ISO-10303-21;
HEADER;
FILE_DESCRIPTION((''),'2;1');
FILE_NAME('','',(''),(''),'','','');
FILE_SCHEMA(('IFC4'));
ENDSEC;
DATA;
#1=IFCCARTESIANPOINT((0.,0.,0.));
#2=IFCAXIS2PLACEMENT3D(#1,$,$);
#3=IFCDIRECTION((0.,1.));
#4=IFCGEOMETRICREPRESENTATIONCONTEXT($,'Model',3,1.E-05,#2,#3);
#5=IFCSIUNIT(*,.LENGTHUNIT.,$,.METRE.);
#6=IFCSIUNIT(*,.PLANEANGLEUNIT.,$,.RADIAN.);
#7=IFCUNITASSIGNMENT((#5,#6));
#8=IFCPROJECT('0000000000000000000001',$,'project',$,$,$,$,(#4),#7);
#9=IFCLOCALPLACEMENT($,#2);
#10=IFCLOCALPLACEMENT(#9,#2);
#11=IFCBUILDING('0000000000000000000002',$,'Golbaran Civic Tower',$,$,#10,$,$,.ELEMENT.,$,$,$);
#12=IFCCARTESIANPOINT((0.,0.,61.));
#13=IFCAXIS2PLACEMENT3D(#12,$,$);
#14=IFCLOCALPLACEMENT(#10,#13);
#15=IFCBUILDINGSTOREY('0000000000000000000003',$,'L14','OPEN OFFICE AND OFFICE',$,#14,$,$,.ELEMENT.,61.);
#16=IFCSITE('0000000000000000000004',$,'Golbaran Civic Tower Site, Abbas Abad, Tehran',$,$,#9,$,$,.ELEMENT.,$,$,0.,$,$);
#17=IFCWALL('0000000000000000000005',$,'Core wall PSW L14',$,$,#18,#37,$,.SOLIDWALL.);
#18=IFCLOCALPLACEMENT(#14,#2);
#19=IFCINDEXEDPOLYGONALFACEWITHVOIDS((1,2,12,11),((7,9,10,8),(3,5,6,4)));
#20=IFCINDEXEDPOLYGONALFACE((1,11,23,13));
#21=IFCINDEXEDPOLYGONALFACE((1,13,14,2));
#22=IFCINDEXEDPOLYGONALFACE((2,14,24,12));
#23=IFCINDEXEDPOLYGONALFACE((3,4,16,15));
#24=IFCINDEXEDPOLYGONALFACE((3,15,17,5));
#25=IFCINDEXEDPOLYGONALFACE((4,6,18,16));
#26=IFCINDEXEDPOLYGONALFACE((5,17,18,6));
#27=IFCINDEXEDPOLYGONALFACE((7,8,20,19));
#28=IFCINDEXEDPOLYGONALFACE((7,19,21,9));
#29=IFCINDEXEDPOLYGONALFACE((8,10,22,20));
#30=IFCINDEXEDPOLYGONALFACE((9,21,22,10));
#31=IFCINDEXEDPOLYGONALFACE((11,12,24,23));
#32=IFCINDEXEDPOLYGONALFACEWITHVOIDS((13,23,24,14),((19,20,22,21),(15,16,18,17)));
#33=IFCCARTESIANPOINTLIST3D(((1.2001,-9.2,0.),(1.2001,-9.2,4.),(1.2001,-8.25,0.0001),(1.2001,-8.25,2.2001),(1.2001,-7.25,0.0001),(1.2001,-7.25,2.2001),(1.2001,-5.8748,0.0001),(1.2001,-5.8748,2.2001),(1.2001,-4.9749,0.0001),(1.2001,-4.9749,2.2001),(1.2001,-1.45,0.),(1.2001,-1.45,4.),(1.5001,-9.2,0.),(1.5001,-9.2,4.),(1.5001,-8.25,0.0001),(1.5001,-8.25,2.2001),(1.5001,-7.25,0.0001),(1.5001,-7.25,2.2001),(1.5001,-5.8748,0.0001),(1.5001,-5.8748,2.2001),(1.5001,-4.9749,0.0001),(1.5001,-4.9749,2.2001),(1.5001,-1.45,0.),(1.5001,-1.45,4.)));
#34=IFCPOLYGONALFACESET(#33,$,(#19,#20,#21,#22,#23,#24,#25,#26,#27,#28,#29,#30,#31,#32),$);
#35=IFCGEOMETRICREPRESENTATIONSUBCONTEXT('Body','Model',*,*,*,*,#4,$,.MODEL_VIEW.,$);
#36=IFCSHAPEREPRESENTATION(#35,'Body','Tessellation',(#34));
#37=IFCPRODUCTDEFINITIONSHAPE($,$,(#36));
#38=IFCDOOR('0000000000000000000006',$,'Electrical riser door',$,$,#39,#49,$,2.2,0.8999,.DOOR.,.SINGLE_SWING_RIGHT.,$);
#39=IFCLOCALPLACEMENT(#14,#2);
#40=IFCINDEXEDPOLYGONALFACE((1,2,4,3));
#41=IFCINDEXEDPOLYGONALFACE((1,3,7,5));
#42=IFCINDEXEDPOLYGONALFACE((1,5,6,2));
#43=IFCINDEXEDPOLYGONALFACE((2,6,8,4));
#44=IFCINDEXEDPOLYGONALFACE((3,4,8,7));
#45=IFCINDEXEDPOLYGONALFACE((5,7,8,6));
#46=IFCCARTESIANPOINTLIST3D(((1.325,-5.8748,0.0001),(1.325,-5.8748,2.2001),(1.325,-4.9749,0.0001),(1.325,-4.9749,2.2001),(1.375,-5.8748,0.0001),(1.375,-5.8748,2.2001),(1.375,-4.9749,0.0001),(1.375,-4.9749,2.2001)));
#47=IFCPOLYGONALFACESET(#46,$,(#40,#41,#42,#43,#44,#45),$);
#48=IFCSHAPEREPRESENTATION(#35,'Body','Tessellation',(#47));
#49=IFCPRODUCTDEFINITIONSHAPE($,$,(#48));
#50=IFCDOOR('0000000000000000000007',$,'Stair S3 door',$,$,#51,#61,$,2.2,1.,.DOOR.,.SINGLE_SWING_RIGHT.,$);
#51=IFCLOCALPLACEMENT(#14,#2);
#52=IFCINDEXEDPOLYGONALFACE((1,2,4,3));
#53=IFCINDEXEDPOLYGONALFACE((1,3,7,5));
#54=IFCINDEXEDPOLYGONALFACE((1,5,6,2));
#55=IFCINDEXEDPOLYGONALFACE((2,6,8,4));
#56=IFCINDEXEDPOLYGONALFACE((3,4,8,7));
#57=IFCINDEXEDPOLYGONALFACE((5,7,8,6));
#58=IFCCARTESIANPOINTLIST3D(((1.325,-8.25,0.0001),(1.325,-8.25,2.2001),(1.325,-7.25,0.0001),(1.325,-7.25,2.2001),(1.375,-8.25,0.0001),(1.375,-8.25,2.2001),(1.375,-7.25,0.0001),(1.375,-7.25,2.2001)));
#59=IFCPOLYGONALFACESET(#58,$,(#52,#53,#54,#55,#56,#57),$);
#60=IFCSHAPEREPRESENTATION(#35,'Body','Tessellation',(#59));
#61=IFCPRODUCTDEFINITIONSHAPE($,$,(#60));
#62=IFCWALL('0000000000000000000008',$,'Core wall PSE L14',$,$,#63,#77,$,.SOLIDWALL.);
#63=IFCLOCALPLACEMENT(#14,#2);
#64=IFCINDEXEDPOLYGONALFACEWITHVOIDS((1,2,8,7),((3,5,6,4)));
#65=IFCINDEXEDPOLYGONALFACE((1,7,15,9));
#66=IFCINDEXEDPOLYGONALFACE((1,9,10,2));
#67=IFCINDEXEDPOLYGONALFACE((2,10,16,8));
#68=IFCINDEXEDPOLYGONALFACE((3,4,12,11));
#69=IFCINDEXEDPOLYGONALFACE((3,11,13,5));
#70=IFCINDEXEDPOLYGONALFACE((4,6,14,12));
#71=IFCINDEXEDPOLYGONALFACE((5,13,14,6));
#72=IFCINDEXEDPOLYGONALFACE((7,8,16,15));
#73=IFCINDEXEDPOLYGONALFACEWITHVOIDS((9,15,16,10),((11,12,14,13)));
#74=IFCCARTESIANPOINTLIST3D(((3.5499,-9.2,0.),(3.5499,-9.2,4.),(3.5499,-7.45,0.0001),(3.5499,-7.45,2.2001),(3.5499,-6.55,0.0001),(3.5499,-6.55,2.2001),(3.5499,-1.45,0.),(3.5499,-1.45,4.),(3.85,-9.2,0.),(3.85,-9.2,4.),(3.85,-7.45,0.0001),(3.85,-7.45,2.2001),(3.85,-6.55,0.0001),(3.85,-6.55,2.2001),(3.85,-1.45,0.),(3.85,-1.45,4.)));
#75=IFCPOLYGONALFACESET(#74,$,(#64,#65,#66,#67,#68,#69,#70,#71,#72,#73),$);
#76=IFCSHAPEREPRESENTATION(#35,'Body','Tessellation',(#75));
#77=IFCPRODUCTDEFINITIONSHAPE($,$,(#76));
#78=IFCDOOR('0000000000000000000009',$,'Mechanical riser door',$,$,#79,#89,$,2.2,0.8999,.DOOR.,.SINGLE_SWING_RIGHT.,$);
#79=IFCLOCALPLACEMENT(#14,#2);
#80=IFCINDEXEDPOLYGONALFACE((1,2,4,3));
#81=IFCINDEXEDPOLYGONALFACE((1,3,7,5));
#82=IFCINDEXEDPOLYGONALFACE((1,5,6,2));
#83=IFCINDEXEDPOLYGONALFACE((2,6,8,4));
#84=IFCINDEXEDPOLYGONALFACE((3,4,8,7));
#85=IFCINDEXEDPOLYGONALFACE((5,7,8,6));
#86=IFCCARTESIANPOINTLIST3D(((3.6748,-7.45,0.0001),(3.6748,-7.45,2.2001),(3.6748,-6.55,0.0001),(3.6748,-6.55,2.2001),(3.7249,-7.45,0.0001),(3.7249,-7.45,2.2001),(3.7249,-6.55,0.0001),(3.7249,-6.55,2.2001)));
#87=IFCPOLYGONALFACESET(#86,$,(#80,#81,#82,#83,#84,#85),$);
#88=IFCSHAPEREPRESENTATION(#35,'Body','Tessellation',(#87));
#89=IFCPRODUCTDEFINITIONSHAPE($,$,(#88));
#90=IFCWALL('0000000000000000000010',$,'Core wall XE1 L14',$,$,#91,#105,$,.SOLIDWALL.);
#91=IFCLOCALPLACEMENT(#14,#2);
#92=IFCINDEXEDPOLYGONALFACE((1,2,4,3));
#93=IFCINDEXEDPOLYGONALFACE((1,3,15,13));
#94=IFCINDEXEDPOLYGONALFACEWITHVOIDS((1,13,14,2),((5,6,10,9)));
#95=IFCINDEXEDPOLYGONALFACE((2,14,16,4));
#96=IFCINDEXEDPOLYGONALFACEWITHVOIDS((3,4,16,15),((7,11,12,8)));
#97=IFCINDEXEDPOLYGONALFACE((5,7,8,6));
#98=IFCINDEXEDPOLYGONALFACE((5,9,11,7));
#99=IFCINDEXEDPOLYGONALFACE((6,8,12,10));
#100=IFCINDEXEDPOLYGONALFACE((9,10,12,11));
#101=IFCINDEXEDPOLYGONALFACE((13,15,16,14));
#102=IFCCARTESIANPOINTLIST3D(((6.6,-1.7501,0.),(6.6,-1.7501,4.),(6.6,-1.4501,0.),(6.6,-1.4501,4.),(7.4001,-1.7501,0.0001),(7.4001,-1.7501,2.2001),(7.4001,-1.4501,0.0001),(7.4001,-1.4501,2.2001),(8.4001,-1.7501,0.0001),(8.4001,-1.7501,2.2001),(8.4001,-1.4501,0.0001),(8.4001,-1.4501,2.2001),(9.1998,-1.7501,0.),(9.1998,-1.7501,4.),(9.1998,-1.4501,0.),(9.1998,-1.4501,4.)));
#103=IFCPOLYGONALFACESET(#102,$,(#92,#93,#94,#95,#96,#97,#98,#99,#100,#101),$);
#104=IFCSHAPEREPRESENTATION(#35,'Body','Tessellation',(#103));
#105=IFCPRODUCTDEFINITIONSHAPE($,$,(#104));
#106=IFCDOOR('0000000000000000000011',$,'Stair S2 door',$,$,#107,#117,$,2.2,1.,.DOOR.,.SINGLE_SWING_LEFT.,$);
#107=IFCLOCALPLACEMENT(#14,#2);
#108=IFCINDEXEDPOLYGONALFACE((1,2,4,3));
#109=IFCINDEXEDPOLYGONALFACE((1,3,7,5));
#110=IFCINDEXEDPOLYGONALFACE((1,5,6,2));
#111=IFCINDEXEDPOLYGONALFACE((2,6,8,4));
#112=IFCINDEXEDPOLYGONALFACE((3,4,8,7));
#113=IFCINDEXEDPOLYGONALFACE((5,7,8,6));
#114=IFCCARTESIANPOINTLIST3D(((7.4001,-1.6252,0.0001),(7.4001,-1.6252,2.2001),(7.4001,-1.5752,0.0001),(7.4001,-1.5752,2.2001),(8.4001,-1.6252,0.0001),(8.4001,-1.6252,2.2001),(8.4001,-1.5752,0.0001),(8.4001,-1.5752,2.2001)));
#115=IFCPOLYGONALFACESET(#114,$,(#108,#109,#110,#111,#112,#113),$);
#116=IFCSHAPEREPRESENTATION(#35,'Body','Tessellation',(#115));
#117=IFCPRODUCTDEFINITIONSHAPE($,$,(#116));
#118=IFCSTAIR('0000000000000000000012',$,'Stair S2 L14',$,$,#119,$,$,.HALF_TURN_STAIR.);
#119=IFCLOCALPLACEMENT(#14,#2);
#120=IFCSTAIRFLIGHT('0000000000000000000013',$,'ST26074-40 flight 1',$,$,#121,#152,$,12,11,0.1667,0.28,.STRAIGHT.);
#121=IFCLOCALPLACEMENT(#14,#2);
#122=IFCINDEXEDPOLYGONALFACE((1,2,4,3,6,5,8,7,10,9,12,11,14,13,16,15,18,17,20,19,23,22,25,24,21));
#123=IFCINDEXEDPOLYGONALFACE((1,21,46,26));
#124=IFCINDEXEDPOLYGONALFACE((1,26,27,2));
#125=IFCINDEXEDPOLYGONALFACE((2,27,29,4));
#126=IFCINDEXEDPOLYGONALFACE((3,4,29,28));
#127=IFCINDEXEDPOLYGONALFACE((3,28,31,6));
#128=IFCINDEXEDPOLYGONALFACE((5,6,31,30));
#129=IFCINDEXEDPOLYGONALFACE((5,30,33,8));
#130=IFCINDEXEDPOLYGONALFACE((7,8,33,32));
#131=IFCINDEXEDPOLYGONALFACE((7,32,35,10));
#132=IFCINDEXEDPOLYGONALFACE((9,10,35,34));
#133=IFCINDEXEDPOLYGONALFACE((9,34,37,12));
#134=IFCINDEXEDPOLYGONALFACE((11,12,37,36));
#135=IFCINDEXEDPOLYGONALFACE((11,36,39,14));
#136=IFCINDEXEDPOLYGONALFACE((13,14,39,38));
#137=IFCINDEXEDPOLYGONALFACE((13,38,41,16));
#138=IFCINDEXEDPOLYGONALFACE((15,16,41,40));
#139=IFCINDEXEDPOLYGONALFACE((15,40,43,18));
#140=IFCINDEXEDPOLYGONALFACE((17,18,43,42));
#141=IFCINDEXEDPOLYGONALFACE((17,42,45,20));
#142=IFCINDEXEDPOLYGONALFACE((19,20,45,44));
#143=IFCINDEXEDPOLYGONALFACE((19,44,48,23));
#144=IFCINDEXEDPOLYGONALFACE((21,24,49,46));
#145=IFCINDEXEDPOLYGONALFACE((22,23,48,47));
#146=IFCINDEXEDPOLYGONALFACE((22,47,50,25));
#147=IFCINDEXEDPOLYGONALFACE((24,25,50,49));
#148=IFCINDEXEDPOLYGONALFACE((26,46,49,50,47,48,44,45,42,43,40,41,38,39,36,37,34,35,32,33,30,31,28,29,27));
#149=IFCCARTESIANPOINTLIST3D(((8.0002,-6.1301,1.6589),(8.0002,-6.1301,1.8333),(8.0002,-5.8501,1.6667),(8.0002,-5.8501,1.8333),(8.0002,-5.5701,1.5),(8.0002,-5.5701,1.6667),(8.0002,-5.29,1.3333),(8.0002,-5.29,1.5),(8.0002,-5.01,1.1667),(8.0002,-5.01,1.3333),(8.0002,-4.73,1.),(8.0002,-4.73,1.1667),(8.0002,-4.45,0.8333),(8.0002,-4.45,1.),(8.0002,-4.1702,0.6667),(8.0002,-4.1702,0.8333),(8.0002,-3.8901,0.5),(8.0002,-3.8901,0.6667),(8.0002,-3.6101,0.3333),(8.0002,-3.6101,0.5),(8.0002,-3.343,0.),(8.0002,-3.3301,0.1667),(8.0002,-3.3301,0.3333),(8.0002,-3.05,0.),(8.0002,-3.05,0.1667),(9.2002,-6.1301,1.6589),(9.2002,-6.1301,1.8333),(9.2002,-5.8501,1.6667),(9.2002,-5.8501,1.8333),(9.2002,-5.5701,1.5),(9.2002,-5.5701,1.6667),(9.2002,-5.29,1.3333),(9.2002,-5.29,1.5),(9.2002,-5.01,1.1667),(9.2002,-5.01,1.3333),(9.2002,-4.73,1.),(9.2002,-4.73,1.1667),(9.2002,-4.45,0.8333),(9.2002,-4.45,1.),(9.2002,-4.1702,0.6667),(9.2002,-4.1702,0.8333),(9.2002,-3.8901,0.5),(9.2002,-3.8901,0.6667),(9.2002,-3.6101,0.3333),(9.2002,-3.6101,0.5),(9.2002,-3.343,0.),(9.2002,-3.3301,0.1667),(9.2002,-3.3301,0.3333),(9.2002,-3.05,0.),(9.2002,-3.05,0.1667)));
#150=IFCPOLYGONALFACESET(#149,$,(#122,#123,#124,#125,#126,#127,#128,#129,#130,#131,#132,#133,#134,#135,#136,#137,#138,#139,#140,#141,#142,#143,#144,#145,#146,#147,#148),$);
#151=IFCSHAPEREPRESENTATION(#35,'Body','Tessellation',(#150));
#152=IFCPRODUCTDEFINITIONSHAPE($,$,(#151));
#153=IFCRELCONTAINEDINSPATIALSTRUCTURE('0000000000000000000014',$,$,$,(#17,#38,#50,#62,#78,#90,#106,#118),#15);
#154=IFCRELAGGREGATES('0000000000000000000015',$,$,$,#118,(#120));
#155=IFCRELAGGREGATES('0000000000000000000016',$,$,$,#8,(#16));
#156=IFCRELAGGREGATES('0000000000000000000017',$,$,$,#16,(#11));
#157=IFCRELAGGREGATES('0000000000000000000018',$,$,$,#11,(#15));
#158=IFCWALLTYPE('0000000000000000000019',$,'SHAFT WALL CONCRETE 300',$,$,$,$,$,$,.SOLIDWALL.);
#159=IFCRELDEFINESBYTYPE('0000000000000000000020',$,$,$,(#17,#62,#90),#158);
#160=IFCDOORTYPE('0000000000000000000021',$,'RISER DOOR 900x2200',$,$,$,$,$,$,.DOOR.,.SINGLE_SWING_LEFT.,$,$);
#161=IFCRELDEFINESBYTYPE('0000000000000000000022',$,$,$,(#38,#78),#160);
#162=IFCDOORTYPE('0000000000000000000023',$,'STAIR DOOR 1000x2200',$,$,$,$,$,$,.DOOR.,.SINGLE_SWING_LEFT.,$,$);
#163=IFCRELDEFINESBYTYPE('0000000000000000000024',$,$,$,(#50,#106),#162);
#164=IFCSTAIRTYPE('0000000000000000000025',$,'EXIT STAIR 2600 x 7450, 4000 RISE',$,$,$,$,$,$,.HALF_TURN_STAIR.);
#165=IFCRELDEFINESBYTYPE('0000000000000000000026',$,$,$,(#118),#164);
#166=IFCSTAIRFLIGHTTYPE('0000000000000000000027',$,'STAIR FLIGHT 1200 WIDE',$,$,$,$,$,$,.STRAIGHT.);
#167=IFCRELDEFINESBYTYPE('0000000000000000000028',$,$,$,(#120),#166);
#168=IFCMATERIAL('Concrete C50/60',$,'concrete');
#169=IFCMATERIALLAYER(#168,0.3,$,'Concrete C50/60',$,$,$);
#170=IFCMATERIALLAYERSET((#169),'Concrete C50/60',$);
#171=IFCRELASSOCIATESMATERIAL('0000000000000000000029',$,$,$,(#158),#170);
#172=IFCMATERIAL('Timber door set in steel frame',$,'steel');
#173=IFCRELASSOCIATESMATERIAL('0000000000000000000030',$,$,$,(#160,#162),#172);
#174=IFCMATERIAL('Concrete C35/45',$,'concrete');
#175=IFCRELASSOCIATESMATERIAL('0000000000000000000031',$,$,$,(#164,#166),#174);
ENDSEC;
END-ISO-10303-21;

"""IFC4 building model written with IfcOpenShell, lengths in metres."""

from ifc_helpers import new_model, si_unit, direction, frame, frame_2d, origin, place, context, subcontext, project, spatial, polyline, rectangle, outline, extrude, material, layer, layer_set, type_object, element, fill, aggregate, save


model = new_model("IFC4")

# Units and contexts
model_context = context("Model", 3, precision=1e-05, world=origin(), true_north=direction((0.0, 1.0)))
body_context = subcontext(model_context, "Body", "Model", "MODEL_VIEW")
ifc_project = project(units=[si_unit("LENGTHUNIT", "METRE"), si_unit("PLANEANGLEUNIT", "RADIAN")], contexts=[model_context])

# Site, building, storey
site_placement = place(None, origin())
site = spatial("IfcSite", under=ifc_project, at=site_placement, Name="Golbaran Civic Tower Site, Abbas Abad, Tehran", CompositionType="ELEMENT", RefElevation=0.0)
building_placement = place(site_placement, origin())
building = spatial("IfcBuilding", under=site, at=building_placement, Name="Golbaran Civic Tower", CompositionType="ELEMENT")
storey_placement = place(building_placement, frame((0.0, 0.0, 61.0)))
storey = spatial("IfcBuildingStorey", under=building, at=storey_placement, Name="L14", Description="OPEN OFFICE AND OFFICE", CompositionType="ELEMENT", Elevation=61.0)

# Shared definitions
ifc_material_1 = material(Name="Concrete C35/45", Category="concrete")

# Shared definitions
ifc_material_2 = material(Name="Concrete C50/60", Category="concrete")
ifc_material_3 = material(Name="Timber door set in steel frame", Category="steel")

# Shared definitions
ifc_layer_1 = layer(ifc_material_2, 0.3, Name="Concrete C50/60")
ifc_layer_set_1 = layer_set([ifc_layer_1], Name="Concrete C50/60")
wall_type_1 = type_object("IfcWallType", Name="SHAFT WALL CONCRETE 300", PredefinedType="SOLIDWALL", material=ifc_layer_set_1)

# Wall, openings, doors
wall_1_placement = place(storey_placement, frame((1.3501, -1.45, 0.0), z_axis=(0.0, 0.0, 1.0), x_axis=(0.0, -1.0, 0.0)))
wall_1 = element("IfcWall", 1, at=wall_1_placement, inside=storey, type_object=wall_type_1, Name="Core wall PSW L14", PredefinedType="SOLIDWALL", context=body_context, shape_type="SweptSolid", body=[
    extrude(rectangle(XDim=7.75, YDim=0.3, at=frame_2d((3.875, 0.0))), origin(), (0.0, 0.0, 1.0), 4.0),
])
opening_1_placement = place(wall_1_placement, frame((5.8, 0.0, 0.0)))
opening_1 = element("IfcOpeningElement", 2, at=opening_1_placement, cuts=wall_1, PredefinedType="OPENING", context=body_context, shape_type="SweptSolid", body=[
    extrude(rectangle(XDim=1.0, YDim=2.2, at=frame_2d((0.5, 1.1001))), frame((0.0, 0.1599, 0.0), z_axis=(0.0, -1.0, 0.0), x_axis=(1.0, 0.0, 0.0)), (0.0, 0.0, 1.0), 0.3201),
])
opening_2_placement = place(wall_1_placement, frame((3.5249, 0.0, 0.0)))
opening_2 = element("IfcOpeningElement", 3, at=opening_2_placement, cuts=wall_1, PredefinedType="OPENING", context=body_context, shape_type="SweptSolid", body=[
    extrude(rectangle(XDim=0.8999, YDim=2.2, at=frame_2d((0.45, 1.1001))), frame((0.0, 0.1599, 0.0), z_axis=(0.0, -1.0, 0.0), x_axis=(1.0, 0.0, 0.0)), (0.0, 0.0, 1.0), 0.3201),
])
door_type_1 = type_object("IfcDoorType", Name="RISER DOOR 900x2200", OperationType="SINGLE_SWING_LEFT", PredefinedType="DOOR", material=ifc_material_3)
door_1_placement = place(opening_2_placement, origin())
door_1 = element("IfcDoor", 4, at=door_1_placement, inside=storey, type_object=door_type_1, Name="Electrical riser door", OperationType="SINGLE_SWING_RIGHT", OverallHeight=2.2, OverallWidth=0.8999, PredefinedType="DOOR", context=body_context, shape_type="SweptSolid", body=[
    extrude(rectangle(XDim=0.8999, YDim=2.2, at=frame_2d((0.45, 1.1001))), frame((0.0, 0.0249, 0.0), z_axis=(0.0, -1.0, 0.0), x_axis=(1.0, 0.0, 0.0)), (0.0, 0.0, 1.0), 0.05),
])
fill(opening_2, door_1)
door_type_2 = type_object("IfcDoorType", Name="STAIR DOOR 1000x2200", OperationType="SINGLE_SWING_LEFT", PredefinedType="DOOR", material=ifc_material_3)
door_2_placement = place(opening_1_placement, origin())
door_2 = element("IfcDoor", 5, at=door_2_placement, inside=storey, type_object=door_type_2, Name="Stair S3 door", OperationType="SINGLE_SWING_RIGHT", OverallHeight=2.2, OverallWidth=1.0, PredefinedType="DOOR", context=body_context, shape_type="SweptSolid", body=[
    extrude(rectangle(XDim=1.0, YDim=2.2, at=frame_2d((0.5, 1.1001))), frame((0.0, 0.0249, 0.0), z_axis=(0.0, -1.0, 0.0), x_axis=(1.0, 0.0, 0.0)), (0.0, 0.0, 1.0), 0.05),
])
fill(opening_1, door_2)

# Walls, openings, doors
wall_2_placement = place(storey_placement, frame((3.7, -1.45, 0.0), z_axis=(0.0, 0.0, 1.0), x_axis=(0.0, -1.0, 0.0)))
wall_2 = element("IfcWall", 6, at=wall_2_placement, inside=storey, type_object=wall_type_1, Name="Core wall PSE L14", PredefinedType="SOLIDWALL", context=body_context, shape_type="SweptSolid", body=[
    extrude(rectangle(XDim=7.75, YDim=0.3, at=frame_2d((3.875, 0.0))), origin(), (0.0, 0.0, 1.0), 4.0),
])
opening_3_placement = place(wall_2_placement, frame((5.1001, 0.0, 0.0)))
opening_3 = element("IfcOpeningElement", 7, at=opening_3_placement, cuts=wall_2, PredefinedType="OPENING", context=body_context, shape_type="SweptSolid", body=[
    extrude(rectangle(XDim=0.8999, YDim=2.2, at=frame_2d((0.45, 1.1001))), frame((0.0, 0.1599, 0.0), z_axis=(0.0, -1.0, 0.0), x_axis=(1.0, 0.0, 0.0)), (0.0, 0.0, 1.0), 0.3201),
])
door_3_placement = place(opening_3_placement, origin())
door_3 = element("IfcDoor", 8, at=door_3_placement, inside=storey, type_object=door_type_1, Name="Mechanical riser door", OperationType="SINGLE_SWING_RIGHT", OverallHeight=2.2, OverallWidth=0.8999, PredefinedType="DOOR", context=body_context, shape_type="SweptSolid", body=[
    extrude(rectangle(XDim=0.8999, YDim=2.2, at=frame_2d((0.45, 1.1001))), frame((0.0, 0.0249, 0.0), z_axis=(0.0, -1.0, 0.0), x_axis=(1.0, 0.0, 0.0)), (0.0, 0.0, 1.0), 0.05),
])
fill(opening_3, door_3)
wall_3_placement = place(storey_placement, frame((6.6001, -1.6001, 0.0), z_axis=(0.0, 0.0, 1.0), x_axis=(1.0, 0.0, 0.0)))
wall_3 = element("IfcWall", 9, at=wall_3_placement, inside=storey, type_object=wall_type_1, Name="Core wall XE1 L14", PredefinedType="SOLIDWALL", context=body_context, shape_type="SweptSolid", body=[
    extrude(rectangle(XDim=2.5999, YDim=0.3, at=frame_2d((1.2998, 0.0))), origin(), (0.0, 0.0, 1.0), 4.0),
])
opening_4_placement = place(wall_3_placement, frame((0.8, 0.0, 0.0)))
opening_4 = element("IfcOpeningElement", 10, at=opening_4_placement, cuts=wall_3, PredefinedType="OPENING", context=body_context, shape_type="SweptSolid", body=[
    extrude(rectangle(XDim=1.0, YDim=2.2, at=frame_2d((0.5, 1.1001))), frame((0.0, 0.1599, 0.0), z_axis=(0.0, -1.0, 0.0), x_axis=(1.0, 0.0, 0.0)), (0.0, 0.0, 1.0), 0.3201),
])
door_4_placement = place(opening_4_placement, origin())
door_4 = element("IfcDoor", 11, at=door_4_placement, inside=storey, type_object=door_type_2, Name="Stair S2 door", OperationType="SINGLE_SWING_LEFT", OverallHeight=2.2, OverallWidth=1.0, PredefinedType="DOOR", context=body_context, shape_type="SweptSolid", body=[
    extrude(rectangle(XDim=1.0, YDim=2.2, at=frame_2d((0.5, 1.1001))), frame((0.0, 0.0249, 0.0), z_axis=(0.0, -1.0, 0.0), x_axis=(1.0, 0.0, 0.0)), (0.0, 0.0, 1.0), 0.05),
])
fill(opening_4, door_4)

# Stair, stair flight
stair_type_1 = type_object("IfcStairType", Name="EXIT STAIR 2600 x 7450, 4000 RISE", PredefinedType="HALF_TURN_STAIR", material=ifc_material_1)
stair_1_placement = place(storey_placement, origin())
stair_1 = element("IfcStair", 12, at=stair_1_placement, inside=storey, type_object=stair_type_1, Name="Stair S2 L14", PredefinedType="HALF_TURN_STAIR")
stair_flight_type = type_object("IfcStairFlightType", Name="STAIR FLIGHT 1200 WIDE", PredefinedType="STRAIGHT", material=ifc_material_1)
stair_flight_1_placement = place(storey_placement, frame((8.6001, -3.05, 0.0), z_axis=(0.0, 0.0, 1.0), x_axis=(0.0, -1.0, 0.0)))
stair_flight_1 = element("IfcStairFlight", 13, at=stair_flight_1_placement, type_object=stair_flight_type, Name="ST26074-40 flight 1", NumberOfRisers=12, NumberOfTreads=11, PredefinedType="STRAIGHT", RiserHeight=0.1667, TreadLength=0.28, context=body_context, shape_type="SweptSolid", body=[
    extrude(outline(polyline([(0.0, 0.0), (0.0, 0.1667), (0.28, 0.1667), (0.28, 0.3333), (0.5601, 0.3333), (0.5601, 0.5), (0.8401, 0.5), (0.8401, 0.6667), (1.1201, 0.6667), (1.1201, 0.8333), (1.3999, 0.8333), (1.3999, 1.0), (1.6799, 1.0), (1.6799, 1.1667), (1.96, 1.1667), (1.96, 1.3333), (2.24, 1.3333), (2.24, 1.5), (2.52, 1.5), (2.52, 1.6667), (2.8, 1.6667), (2.8, 1.8333), (3.0801, 1.8333), (3.0801, 2.0), (3.0801, 1.6589), (0.293, 0.0), (0.0, 0.0)])), frame((0.0, 0.6001, 0.0), z_axis=(0.0, -1.0, 0.0), x_axis=(1.0, 0.0, 0.0)), (0.0, 0.0, 1.0), 1.2),
])
aggregate(stair_1, [stair_flight_1])

save(model, "model.ifc")
